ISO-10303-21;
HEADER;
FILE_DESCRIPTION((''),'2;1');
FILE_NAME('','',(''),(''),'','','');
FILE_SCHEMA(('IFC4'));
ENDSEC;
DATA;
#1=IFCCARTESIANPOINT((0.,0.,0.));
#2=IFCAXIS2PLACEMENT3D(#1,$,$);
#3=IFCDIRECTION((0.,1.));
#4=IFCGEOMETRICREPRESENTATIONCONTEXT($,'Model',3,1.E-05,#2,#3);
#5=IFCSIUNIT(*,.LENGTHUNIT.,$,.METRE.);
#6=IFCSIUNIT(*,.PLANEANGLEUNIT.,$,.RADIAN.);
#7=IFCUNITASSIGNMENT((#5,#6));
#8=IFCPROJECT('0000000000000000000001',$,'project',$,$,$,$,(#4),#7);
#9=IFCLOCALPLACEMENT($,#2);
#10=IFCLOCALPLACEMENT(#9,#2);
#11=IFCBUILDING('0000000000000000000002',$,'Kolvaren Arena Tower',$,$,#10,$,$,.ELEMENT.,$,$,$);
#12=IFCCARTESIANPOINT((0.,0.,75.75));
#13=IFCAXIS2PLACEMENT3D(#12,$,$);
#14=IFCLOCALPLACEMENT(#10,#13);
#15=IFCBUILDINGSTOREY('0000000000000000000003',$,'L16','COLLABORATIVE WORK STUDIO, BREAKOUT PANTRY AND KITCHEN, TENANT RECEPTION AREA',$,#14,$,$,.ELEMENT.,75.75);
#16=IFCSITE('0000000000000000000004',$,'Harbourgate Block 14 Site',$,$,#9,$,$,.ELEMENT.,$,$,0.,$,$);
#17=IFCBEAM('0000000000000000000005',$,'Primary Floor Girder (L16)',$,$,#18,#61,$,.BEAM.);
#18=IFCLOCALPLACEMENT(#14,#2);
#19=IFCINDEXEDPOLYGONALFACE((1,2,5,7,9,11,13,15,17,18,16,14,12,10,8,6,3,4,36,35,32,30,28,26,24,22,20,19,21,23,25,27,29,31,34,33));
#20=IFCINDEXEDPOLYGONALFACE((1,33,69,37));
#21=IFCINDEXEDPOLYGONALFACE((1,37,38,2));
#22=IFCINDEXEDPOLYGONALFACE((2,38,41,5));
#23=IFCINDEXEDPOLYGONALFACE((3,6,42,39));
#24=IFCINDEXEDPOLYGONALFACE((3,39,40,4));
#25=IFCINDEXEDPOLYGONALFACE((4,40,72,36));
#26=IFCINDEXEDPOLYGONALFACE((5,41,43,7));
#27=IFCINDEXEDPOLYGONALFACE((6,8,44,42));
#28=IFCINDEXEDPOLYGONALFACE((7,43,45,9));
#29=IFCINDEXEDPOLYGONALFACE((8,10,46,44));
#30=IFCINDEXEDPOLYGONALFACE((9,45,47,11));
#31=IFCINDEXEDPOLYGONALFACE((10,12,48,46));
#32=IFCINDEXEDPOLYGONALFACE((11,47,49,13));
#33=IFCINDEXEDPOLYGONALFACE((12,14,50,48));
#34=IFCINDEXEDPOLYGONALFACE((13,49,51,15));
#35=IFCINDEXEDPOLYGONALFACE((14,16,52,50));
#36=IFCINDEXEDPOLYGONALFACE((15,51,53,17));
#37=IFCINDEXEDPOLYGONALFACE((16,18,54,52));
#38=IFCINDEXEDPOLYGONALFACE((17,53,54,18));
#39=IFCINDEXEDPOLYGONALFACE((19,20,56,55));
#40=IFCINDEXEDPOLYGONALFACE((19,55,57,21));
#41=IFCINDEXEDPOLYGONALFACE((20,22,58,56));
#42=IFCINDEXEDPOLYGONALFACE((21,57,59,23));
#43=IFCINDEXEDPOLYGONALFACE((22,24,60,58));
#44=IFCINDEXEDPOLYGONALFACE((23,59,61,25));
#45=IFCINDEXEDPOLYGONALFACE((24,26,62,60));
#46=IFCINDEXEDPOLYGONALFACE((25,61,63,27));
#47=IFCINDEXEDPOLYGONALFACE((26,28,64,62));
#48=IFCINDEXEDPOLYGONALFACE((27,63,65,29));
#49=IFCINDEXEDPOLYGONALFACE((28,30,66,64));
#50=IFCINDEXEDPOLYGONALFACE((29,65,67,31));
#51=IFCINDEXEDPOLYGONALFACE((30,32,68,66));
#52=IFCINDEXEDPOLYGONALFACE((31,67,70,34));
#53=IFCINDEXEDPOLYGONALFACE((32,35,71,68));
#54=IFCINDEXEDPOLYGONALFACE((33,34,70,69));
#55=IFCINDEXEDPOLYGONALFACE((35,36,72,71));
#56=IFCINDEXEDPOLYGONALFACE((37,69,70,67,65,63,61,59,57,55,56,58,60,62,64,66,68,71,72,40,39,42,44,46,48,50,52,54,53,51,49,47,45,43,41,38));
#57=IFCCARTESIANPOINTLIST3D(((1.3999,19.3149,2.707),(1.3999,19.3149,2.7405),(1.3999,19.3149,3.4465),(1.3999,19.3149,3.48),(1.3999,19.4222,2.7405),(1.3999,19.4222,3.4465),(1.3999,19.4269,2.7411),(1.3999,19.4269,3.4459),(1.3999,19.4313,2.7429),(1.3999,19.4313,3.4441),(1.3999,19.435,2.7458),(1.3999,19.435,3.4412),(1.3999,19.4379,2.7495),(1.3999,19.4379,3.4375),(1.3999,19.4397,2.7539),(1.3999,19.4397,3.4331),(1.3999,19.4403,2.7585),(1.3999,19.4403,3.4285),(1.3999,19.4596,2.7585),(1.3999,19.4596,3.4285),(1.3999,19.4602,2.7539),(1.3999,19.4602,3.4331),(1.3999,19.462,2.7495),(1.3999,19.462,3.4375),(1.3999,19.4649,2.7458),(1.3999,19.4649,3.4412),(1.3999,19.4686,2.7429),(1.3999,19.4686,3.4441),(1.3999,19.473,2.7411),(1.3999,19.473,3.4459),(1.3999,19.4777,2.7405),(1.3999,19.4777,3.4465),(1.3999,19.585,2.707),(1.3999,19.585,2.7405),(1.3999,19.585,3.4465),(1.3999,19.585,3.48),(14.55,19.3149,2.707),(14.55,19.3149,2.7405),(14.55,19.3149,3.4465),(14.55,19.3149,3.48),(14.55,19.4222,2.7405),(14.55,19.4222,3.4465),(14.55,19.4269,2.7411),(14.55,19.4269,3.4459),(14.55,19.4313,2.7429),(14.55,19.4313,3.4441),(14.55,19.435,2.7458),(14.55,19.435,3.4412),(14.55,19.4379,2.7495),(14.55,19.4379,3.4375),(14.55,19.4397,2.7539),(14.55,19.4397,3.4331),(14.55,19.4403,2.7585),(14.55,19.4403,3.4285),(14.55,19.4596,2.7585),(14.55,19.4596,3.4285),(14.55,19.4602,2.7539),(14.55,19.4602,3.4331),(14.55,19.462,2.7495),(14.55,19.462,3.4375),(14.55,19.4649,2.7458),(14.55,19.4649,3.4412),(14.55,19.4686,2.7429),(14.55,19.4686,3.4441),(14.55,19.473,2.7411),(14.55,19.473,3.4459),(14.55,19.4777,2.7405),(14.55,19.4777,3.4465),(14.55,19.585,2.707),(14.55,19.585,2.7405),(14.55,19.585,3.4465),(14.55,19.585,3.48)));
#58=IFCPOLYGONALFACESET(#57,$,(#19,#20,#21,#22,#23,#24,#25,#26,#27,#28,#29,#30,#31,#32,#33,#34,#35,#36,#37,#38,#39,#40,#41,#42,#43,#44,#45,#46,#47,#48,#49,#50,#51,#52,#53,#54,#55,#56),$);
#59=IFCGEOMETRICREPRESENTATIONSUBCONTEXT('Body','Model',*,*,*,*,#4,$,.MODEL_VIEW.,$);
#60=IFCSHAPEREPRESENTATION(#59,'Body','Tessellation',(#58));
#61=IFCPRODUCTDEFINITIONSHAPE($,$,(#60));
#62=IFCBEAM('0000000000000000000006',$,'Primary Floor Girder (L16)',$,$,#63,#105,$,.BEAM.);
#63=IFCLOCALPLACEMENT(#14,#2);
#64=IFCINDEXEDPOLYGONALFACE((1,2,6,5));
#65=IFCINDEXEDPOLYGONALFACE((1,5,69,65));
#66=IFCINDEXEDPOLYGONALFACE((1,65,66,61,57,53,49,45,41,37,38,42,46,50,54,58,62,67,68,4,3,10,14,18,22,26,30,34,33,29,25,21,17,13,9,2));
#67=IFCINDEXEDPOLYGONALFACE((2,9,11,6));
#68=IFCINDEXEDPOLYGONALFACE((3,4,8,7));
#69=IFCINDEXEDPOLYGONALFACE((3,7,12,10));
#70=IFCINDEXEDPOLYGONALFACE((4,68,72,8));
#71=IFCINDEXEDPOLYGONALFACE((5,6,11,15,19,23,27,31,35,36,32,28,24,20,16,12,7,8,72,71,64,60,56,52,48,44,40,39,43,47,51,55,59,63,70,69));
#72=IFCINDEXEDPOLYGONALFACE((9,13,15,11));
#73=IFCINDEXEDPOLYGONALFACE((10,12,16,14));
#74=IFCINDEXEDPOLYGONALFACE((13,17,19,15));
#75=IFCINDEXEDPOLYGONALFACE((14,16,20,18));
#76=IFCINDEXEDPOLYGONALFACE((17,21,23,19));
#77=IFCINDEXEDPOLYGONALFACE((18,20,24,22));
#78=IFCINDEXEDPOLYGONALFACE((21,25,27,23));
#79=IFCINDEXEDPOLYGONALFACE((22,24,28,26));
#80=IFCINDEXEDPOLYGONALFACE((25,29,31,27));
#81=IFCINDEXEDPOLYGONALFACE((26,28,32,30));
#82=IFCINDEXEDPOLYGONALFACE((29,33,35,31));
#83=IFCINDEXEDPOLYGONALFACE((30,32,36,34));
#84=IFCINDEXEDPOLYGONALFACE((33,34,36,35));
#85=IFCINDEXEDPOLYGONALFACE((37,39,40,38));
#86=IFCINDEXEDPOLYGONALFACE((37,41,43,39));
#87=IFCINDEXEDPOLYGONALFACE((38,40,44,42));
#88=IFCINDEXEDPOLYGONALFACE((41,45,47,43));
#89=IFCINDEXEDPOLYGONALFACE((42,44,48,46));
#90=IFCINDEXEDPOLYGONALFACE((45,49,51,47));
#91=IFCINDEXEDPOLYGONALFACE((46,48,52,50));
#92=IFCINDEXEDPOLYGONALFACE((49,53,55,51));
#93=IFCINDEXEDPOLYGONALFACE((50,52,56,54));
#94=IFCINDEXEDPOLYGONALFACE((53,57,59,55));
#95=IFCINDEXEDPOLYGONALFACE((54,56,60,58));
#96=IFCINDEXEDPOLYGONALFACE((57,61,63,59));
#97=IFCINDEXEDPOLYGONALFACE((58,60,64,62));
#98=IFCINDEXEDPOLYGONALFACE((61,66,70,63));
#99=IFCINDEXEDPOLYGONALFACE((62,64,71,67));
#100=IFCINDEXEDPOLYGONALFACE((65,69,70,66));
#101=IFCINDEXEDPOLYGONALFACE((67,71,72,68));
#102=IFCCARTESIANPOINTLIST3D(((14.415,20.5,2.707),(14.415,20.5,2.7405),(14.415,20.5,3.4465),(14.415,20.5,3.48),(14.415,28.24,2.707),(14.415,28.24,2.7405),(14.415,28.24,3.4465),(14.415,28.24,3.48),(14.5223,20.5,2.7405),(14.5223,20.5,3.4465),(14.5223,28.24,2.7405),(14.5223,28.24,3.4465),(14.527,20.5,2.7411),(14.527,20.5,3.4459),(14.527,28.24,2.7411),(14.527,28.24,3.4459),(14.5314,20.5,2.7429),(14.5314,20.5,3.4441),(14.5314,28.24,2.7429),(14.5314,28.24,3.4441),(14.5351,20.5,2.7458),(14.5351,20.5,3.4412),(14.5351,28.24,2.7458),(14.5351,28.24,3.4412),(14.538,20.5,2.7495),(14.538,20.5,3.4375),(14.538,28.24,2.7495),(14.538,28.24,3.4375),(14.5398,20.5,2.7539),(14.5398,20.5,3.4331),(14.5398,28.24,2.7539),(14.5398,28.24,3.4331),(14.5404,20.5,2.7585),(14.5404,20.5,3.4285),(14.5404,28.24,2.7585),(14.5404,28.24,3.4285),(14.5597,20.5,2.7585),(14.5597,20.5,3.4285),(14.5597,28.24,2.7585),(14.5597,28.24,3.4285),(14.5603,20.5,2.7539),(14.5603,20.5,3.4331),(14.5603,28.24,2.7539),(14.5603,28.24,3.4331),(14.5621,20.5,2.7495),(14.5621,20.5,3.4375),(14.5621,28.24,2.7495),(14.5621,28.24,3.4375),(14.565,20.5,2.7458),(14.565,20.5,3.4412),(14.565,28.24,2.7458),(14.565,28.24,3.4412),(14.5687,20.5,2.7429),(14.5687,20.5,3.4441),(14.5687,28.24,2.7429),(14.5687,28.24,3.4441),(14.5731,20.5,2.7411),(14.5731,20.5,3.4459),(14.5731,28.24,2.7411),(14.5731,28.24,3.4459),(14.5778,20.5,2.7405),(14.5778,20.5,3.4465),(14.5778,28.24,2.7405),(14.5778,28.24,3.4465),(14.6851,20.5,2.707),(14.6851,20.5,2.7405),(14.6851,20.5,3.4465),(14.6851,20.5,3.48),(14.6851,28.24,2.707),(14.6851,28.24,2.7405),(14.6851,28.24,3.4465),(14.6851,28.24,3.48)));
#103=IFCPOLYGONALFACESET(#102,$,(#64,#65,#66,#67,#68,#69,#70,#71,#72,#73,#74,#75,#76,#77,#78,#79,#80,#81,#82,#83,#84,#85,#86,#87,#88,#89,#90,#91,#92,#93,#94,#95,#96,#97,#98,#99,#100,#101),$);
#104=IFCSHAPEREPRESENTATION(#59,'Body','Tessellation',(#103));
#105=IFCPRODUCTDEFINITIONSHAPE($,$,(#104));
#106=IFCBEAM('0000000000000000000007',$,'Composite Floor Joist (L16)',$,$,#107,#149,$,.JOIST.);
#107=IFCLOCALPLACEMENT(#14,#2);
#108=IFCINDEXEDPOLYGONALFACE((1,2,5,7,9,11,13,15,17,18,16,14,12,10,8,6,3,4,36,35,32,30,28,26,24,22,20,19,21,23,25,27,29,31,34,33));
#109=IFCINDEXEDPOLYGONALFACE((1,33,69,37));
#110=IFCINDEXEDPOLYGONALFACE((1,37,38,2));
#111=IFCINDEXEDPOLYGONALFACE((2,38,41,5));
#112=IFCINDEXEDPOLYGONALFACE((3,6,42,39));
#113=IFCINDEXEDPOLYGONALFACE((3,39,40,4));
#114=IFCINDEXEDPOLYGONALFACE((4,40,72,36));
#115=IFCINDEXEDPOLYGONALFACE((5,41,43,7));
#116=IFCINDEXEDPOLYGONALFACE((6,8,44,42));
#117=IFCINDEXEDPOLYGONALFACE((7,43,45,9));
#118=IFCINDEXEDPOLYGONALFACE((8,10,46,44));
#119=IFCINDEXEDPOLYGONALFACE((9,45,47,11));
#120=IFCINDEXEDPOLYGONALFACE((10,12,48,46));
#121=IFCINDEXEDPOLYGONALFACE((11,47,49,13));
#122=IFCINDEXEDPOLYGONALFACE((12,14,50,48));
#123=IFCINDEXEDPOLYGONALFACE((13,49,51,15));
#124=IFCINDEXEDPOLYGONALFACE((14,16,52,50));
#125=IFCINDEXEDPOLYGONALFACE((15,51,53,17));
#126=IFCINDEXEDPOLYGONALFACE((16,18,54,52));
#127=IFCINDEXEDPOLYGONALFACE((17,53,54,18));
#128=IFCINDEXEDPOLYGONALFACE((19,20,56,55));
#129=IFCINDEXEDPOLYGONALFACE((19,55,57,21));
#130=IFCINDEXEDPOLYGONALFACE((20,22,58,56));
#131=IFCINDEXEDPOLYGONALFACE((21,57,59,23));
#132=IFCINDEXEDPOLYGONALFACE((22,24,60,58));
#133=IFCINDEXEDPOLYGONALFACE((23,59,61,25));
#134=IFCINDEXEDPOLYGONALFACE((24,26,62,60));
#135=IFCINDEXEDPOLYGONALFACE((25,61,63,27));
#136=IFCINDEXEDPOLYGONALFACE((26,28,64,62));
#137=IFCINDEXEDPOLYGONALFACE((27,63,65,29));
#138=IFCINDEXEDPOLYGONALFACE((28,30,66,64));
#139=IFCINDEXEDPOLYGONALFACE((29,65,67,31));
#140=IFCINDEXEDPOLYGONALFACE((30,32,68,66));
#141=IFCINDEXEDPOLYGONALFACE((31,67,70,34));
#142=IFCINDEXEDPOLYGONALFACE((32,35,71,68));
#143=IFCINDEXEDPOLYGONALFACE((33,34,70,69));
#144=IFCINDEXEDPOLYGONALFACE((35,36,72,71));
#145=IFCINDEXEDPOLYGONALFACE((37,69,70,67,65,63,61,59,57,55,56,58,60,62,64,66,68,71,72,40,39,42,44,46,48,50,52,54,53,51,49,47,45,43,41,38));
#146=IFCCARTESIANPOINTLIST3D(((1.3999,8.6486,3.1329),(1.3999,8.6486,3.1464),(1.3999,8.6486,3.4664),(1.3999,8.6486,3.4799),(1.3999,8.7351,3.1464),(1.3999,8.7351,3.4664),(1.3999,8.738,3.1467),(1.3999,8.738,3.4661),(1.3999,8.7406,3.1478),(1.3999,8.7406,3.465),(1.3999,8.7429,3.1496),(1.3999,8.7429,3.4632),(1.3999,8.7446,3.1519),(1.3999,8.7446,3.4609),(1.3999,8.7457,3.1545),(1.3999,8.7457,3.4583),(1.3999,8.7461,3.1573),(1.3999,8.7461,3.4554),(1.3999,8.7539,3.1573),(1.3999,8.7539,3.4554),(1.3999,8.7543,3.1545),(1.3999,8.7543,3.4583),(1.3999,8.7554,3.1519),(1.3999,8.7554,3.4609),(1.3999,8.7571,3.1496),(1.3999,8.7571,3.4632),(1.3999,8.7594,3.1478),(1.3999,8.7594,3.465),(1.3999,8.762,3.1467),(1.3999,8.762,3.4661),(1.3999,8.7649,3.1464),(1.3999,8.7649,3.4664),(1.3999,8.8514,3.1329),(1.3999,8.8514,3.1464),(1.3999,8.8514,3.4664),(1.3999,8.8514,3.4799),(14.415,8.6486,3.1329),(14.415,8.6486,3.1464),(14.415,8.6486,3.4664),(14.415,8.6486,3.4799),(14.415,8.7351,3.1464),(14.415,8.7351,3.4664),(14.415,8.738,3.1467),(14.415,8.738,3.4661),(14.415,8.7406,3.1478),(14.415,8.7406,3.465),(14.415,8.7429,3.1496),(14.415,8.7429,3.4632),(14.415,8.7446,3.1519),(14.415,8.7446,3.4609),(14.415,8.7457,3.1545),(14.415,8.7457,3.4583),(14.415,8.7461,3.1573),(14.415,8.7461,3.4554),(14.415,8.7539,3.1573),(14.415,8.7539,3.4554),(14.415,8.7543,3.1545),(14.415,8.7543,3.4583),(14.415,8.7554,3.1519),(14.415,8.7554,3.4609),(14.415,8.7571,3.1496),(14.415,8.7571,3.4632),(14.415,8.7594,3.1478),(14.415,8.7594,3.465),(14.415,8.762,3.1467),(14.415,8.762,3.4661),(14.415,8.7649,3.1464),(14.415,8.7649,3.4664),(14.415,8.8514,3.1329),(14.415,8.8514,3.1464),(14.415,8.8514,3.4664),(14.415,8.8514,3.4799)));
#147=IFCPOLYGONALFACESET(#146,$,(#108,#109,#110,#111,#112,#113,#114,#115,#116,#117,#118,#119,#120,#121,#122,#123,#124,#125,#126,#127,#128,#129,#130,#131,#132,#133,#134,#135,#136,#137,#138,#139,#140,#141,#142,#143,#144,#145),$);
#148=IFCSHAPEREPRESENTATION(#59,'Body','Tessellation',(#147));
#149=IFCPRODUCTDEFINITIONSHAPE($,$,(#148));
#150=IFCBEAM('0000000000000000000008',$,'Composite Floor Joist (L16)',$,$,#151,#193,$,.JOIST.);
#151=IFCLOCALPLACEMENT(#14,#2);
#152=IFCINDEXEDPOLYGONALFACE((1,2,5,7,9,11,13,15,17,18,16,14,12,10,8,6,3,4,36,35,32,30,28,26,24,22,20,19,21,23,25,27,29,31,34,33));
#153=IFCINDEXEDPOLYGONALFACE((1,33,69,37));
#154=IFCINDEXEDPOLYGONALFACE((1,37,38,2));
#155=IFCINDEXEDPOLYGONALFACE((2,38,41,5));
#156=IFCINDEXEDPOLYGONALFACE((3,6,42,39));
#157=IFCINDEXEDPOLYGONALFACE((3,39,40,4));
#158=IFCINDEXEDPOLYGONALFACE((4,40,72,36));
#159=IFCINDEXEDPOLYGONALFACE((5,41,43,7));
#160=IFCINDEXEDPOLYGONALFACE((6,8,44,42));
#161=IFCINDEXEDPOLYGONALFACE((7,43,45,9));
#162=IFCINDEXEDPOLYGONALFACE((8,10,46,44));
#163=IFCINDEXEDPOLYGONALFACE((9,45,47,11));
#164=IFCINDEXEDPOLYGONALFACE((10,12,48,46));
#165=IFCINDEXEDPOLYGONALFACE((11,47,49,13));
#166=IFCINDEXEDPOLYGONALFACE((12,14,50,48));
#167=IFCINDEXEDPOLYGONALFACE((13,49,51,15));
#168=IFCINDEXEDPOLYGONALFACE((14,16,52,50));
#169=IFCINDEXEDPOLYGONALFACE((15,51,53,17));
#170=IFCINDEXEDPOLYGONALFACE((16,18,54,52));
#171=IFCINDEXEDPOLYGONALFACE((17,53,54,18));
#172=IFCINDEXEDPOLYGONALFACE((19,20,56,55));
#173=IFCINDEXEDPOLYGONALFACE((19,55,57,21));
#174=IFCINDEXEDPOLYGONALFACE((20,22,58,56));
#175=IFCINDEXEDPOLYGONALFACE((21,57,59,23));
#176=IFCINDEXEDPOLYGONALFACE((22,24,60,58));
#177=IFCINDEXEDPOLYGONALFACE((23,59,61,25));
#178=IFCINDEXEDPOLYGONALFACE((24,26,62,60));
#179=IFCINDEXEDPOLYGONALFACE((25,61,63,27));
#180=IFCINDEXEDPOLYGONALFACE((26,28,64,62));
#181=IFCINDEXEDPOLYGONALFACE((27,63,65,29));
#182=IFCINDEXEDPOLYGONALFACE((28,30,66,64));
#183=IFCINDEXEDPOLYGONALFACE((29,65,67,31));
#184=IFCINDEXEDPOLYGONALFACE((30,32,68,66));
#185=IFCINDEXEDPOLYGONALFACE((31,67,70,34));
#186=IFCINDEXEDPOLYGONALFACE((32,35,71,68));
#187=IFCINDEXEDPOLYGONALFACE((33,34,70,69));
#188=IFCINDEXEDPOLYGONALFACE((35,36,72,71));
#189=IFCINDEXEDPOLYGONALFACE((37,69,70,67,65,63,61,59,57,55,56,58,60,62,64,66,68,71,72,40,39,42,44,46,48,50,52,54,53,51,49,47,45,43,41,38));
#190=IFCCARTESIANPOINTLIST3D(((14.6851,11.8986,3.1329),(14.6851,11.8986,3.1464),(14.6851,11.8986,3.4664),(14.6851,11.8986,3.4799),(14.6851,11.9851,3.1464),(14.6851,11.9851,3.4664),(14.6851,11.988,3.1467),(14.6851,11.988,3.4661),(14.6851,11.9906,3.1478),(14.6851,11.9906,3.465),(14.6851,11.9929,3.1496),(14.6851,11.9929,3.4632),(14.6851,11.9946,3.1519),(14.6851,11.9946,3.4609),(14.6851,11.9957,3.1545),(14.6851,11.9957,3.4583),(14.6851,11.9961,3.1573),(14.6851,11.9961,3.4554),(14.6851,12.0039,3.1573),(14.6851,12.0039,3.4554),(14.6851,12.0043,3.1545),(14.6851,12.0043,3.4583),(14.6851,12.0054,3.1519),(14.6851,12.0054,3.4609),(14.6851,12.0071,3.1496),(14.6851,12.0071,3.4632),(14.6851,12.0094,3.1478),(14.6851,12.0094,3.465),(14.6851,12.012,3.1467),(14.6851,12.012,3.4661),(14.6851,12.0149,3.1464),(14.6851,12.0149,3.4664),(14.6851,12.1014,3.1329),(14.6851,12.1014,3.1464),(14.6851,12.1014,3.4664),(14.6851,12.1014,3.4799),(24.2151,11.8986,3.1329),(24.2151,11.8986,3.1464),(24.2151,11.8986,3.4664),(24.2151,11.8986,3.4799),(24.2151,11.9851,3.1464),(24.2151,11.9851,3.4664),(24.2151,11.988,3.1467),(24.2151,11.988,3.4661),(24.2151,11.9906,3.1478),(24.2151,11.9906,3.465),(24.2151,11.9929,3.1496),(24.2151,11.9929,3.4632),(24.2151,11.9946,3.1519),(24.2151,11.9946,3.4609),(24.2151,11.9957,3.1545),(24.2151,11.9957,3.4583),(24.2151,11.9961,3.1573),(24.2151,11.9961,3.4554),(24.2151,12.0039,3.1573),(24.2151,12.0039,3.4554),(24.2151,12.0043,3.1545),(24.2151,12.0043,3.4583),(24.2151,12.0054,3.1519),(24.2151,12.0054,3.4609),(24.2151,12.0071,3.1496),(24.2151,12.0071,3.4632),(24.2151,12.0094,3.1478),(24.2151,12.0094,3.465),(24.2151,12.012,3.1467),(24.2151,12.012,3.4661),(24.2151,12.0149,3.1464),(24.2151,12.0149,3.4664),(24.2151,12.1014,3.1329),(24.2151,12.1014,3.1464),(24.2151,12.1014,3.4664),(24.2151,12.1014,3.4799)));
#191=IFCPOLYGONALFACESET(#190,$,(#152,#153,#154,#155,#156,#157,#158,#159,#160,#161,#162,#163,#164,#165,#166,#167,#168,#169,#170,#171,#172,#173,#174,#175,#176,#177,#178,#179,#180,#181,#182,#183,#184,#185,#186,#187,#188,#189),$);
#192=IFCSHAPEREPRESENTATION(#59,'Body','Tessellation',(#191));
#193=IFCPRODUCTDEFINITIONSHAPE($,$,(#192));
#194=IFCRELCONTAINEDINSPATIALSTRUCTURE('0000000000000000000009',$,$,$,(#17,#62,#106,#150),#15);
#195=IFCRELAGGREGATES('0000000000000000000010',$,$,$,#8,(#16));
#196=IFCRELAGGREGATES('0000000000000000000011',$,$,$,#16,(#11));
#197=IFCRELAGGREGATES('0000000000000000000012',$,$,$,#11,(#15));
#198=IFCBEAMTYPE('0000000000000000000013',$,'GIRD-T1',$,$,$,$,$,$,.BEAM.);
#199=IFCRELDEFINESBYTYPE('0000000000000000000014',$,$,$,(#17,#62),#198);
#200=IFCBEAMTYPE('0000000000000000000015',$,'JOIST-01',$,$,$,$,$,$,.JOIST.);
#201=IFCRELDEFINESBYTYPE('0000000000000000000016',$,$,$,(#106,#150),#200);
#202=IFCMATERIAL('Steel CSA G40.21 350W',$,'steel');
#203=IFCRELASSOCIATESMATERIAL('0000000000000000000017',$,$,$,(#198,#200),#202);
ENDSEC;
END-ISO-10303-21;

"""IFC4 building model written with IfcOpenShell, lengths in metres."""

from ifc_helpers import new_model, si_unit, direction, frame, origin, origin_2d, place, context, subcontext, project, spatial, i_section, extrude, material, material_profile, profile_set, type_object, element, save


model = new_model("IFC4")

# Units and contexts
model_context = context("Model", 3, precision=1e-05, world=origin(), true_north=direction((0.0, 1.0)))
body_context = subcontext(model_context, "Body", "Model", "MODEL_VIEW")
ifc_project = project(units=[si_unit("LENGTHUNIT", "METRE"), si_unit("PLANEANGLEUNIT", "RADIAN")], contexts=[model_context])

# Site, building, storey
site_placement = place(None, origin())
site = spatial("IfcSite", under=ifc_project, at=site_placement, Name="Harbourgate Block 14 Site", CompositionType="ELEMENT", RefElevation=0.0)
building_placement = place(site_placement, origin())
building = spatial("IfcBuilding", under=site, at=building_placement, Name="Kolvaren Arena Tower", CompositionType="ELEMENT")
storey_placement = place(building_placement, frame((0.0, 0.0, 75.75)))
storey = spatial("IfcBuildingStorey", under=building, at=storey_placement, Name="L16", Description="COLLABORATIVE WORK STUDIO, BREAKOUT PANTRY AND KITCHEN, TENANT RECEPTION AREA", CompositionType="ELEMENT", Elevation=75.75)

# Beams
ifc_material_1 = material(Name="Steel CSA G40.21 350W", Category="steel")
ifc_material_profile_1 = material_profile(ifc_material_1, i_section(OverallWidth=0.27, OverallDepth=0.7729, WebThickness=0.0193, FlangeThickness=0.0334, FilletRadius=0.0181, at=origin_2d()), Name="W760x257")
ifc_profile_set_1 = profile_set([ifc_material_profile_1], Name="Steel CSA G40.21 350W")
beam_type_1 = type_object("IfcBeamType", Name="GIRD-T1", PredefinedType="BEAM", material=ifc_profile_set_1)
beam_1_placement = place(storey_placement, frame((1.3999, 19.45, 3.0935), z_axis=(1.0, 0.0, 0.0), x_axis=(0.0, 1.0, 0.0)))
element("IfcBeam", 1, at=beam_1_placement, inside=storey, type_object=beam_type_1, Name="Primary Floor Girder (L16)", PredefinedType="BEAM", context=body_context, shape_type="SweptSolid", body=[
    extrude(i_section(OverallWidth=0.27, OverallDepth=0.7729, WebThickness=0.0193, FlangeThickness=0.0334, FilletRadius=0.0181, at=origin_2d()), origin(), (0.0, 0.0, 1.0), 13.1501),
])
beam_2_placement = place(storey_placement, frame((14.55, 20.5, 3.0935), z_axis=(0.0, 1.0, 0.0), x_axis=(-1.0, 0.0, 0.0)))
element("IfcBeam", 2, at=beam_2_placement, inside=storey, type_object=beam_type_1, Name="Primary Floor Girder (L16)", PredefinedType="BEAM", context=body_context, shape_type="SweptSolid", body=[
    extrude(i_section(OverallWidth=0.27, OverallDepth=0.7729, WebThickness=0.0193, FlangeThickness=0.0334, FilletRadius=0.0181, at=origin_2d()), origin(), (0.0, 0.0, 1.0), 7.74),
])
ifc_material_profile_2 = material_profile(ifc_material_1, i_section(OverallWidth=0.2029, OverallDepth=0.3469, WebThickness=0.0078, FlangeThickness=0.0134, FilletRadius=0.011, at=origin_2d()), Name="W360x64")
ifc_profile_set_2 = profile_set([ifc_material_profile_2], Name="Steel CSA G40.21 350W")
beam_type_2 = type_object("IfcBeamType", Name="JOIST-01", PredefinedType="JOIST", material=ifc_profile_set_2)
beam_3_placement = place(storey_placement, frame((1.3999, 8.75, 3.3064), z_axis=(1.0, 0.0, 0.0), x_axis=(0.0, 1.0, 0.0)))
element("IfcBeam", 3, at=beam_3_placement, inside=storey, type_object=beam_type_2, Name="Composite Floor Joist (L16)", PredefinedType="JOIST", context=body_context, shape_type="SweptSolid", body=[
    extrude(i_section(OverallWidth=0.2029, OverallDepth=0.3469, WebThickness=0.0078, FlangeThickness=0.0134, FilletRadius=0.011, at=origin_2d()), origin(), (0.0, 0.0, 1.0), 13.0151),
])
beam_4_placement = place(storey_placement, frame((14.6851, 12.0, 3.3064), z_axis=(1.0, 0.0, 0.0), x_axis=(0.0, 1.0, 0.0)))
element("IfcBeam", 4, at=beam_4_placement, inside=storey, type_object=beam_type_2, Name="Composite Floor Joist (L16)", PredefinedType="JOIST", context=body_context, shape_type="SweptSolid", body=[
    extrude(i_section(OverallWidth=0.2029, OverallDepth=0.3469, WebThickness=0.0078, FlangeThickness=0.0134, FilletRadius=0.011, at=origin_2d()), origin(), (0.0, 0.0, 1.0), 9.53),
])

save(model, "model.ifc")
